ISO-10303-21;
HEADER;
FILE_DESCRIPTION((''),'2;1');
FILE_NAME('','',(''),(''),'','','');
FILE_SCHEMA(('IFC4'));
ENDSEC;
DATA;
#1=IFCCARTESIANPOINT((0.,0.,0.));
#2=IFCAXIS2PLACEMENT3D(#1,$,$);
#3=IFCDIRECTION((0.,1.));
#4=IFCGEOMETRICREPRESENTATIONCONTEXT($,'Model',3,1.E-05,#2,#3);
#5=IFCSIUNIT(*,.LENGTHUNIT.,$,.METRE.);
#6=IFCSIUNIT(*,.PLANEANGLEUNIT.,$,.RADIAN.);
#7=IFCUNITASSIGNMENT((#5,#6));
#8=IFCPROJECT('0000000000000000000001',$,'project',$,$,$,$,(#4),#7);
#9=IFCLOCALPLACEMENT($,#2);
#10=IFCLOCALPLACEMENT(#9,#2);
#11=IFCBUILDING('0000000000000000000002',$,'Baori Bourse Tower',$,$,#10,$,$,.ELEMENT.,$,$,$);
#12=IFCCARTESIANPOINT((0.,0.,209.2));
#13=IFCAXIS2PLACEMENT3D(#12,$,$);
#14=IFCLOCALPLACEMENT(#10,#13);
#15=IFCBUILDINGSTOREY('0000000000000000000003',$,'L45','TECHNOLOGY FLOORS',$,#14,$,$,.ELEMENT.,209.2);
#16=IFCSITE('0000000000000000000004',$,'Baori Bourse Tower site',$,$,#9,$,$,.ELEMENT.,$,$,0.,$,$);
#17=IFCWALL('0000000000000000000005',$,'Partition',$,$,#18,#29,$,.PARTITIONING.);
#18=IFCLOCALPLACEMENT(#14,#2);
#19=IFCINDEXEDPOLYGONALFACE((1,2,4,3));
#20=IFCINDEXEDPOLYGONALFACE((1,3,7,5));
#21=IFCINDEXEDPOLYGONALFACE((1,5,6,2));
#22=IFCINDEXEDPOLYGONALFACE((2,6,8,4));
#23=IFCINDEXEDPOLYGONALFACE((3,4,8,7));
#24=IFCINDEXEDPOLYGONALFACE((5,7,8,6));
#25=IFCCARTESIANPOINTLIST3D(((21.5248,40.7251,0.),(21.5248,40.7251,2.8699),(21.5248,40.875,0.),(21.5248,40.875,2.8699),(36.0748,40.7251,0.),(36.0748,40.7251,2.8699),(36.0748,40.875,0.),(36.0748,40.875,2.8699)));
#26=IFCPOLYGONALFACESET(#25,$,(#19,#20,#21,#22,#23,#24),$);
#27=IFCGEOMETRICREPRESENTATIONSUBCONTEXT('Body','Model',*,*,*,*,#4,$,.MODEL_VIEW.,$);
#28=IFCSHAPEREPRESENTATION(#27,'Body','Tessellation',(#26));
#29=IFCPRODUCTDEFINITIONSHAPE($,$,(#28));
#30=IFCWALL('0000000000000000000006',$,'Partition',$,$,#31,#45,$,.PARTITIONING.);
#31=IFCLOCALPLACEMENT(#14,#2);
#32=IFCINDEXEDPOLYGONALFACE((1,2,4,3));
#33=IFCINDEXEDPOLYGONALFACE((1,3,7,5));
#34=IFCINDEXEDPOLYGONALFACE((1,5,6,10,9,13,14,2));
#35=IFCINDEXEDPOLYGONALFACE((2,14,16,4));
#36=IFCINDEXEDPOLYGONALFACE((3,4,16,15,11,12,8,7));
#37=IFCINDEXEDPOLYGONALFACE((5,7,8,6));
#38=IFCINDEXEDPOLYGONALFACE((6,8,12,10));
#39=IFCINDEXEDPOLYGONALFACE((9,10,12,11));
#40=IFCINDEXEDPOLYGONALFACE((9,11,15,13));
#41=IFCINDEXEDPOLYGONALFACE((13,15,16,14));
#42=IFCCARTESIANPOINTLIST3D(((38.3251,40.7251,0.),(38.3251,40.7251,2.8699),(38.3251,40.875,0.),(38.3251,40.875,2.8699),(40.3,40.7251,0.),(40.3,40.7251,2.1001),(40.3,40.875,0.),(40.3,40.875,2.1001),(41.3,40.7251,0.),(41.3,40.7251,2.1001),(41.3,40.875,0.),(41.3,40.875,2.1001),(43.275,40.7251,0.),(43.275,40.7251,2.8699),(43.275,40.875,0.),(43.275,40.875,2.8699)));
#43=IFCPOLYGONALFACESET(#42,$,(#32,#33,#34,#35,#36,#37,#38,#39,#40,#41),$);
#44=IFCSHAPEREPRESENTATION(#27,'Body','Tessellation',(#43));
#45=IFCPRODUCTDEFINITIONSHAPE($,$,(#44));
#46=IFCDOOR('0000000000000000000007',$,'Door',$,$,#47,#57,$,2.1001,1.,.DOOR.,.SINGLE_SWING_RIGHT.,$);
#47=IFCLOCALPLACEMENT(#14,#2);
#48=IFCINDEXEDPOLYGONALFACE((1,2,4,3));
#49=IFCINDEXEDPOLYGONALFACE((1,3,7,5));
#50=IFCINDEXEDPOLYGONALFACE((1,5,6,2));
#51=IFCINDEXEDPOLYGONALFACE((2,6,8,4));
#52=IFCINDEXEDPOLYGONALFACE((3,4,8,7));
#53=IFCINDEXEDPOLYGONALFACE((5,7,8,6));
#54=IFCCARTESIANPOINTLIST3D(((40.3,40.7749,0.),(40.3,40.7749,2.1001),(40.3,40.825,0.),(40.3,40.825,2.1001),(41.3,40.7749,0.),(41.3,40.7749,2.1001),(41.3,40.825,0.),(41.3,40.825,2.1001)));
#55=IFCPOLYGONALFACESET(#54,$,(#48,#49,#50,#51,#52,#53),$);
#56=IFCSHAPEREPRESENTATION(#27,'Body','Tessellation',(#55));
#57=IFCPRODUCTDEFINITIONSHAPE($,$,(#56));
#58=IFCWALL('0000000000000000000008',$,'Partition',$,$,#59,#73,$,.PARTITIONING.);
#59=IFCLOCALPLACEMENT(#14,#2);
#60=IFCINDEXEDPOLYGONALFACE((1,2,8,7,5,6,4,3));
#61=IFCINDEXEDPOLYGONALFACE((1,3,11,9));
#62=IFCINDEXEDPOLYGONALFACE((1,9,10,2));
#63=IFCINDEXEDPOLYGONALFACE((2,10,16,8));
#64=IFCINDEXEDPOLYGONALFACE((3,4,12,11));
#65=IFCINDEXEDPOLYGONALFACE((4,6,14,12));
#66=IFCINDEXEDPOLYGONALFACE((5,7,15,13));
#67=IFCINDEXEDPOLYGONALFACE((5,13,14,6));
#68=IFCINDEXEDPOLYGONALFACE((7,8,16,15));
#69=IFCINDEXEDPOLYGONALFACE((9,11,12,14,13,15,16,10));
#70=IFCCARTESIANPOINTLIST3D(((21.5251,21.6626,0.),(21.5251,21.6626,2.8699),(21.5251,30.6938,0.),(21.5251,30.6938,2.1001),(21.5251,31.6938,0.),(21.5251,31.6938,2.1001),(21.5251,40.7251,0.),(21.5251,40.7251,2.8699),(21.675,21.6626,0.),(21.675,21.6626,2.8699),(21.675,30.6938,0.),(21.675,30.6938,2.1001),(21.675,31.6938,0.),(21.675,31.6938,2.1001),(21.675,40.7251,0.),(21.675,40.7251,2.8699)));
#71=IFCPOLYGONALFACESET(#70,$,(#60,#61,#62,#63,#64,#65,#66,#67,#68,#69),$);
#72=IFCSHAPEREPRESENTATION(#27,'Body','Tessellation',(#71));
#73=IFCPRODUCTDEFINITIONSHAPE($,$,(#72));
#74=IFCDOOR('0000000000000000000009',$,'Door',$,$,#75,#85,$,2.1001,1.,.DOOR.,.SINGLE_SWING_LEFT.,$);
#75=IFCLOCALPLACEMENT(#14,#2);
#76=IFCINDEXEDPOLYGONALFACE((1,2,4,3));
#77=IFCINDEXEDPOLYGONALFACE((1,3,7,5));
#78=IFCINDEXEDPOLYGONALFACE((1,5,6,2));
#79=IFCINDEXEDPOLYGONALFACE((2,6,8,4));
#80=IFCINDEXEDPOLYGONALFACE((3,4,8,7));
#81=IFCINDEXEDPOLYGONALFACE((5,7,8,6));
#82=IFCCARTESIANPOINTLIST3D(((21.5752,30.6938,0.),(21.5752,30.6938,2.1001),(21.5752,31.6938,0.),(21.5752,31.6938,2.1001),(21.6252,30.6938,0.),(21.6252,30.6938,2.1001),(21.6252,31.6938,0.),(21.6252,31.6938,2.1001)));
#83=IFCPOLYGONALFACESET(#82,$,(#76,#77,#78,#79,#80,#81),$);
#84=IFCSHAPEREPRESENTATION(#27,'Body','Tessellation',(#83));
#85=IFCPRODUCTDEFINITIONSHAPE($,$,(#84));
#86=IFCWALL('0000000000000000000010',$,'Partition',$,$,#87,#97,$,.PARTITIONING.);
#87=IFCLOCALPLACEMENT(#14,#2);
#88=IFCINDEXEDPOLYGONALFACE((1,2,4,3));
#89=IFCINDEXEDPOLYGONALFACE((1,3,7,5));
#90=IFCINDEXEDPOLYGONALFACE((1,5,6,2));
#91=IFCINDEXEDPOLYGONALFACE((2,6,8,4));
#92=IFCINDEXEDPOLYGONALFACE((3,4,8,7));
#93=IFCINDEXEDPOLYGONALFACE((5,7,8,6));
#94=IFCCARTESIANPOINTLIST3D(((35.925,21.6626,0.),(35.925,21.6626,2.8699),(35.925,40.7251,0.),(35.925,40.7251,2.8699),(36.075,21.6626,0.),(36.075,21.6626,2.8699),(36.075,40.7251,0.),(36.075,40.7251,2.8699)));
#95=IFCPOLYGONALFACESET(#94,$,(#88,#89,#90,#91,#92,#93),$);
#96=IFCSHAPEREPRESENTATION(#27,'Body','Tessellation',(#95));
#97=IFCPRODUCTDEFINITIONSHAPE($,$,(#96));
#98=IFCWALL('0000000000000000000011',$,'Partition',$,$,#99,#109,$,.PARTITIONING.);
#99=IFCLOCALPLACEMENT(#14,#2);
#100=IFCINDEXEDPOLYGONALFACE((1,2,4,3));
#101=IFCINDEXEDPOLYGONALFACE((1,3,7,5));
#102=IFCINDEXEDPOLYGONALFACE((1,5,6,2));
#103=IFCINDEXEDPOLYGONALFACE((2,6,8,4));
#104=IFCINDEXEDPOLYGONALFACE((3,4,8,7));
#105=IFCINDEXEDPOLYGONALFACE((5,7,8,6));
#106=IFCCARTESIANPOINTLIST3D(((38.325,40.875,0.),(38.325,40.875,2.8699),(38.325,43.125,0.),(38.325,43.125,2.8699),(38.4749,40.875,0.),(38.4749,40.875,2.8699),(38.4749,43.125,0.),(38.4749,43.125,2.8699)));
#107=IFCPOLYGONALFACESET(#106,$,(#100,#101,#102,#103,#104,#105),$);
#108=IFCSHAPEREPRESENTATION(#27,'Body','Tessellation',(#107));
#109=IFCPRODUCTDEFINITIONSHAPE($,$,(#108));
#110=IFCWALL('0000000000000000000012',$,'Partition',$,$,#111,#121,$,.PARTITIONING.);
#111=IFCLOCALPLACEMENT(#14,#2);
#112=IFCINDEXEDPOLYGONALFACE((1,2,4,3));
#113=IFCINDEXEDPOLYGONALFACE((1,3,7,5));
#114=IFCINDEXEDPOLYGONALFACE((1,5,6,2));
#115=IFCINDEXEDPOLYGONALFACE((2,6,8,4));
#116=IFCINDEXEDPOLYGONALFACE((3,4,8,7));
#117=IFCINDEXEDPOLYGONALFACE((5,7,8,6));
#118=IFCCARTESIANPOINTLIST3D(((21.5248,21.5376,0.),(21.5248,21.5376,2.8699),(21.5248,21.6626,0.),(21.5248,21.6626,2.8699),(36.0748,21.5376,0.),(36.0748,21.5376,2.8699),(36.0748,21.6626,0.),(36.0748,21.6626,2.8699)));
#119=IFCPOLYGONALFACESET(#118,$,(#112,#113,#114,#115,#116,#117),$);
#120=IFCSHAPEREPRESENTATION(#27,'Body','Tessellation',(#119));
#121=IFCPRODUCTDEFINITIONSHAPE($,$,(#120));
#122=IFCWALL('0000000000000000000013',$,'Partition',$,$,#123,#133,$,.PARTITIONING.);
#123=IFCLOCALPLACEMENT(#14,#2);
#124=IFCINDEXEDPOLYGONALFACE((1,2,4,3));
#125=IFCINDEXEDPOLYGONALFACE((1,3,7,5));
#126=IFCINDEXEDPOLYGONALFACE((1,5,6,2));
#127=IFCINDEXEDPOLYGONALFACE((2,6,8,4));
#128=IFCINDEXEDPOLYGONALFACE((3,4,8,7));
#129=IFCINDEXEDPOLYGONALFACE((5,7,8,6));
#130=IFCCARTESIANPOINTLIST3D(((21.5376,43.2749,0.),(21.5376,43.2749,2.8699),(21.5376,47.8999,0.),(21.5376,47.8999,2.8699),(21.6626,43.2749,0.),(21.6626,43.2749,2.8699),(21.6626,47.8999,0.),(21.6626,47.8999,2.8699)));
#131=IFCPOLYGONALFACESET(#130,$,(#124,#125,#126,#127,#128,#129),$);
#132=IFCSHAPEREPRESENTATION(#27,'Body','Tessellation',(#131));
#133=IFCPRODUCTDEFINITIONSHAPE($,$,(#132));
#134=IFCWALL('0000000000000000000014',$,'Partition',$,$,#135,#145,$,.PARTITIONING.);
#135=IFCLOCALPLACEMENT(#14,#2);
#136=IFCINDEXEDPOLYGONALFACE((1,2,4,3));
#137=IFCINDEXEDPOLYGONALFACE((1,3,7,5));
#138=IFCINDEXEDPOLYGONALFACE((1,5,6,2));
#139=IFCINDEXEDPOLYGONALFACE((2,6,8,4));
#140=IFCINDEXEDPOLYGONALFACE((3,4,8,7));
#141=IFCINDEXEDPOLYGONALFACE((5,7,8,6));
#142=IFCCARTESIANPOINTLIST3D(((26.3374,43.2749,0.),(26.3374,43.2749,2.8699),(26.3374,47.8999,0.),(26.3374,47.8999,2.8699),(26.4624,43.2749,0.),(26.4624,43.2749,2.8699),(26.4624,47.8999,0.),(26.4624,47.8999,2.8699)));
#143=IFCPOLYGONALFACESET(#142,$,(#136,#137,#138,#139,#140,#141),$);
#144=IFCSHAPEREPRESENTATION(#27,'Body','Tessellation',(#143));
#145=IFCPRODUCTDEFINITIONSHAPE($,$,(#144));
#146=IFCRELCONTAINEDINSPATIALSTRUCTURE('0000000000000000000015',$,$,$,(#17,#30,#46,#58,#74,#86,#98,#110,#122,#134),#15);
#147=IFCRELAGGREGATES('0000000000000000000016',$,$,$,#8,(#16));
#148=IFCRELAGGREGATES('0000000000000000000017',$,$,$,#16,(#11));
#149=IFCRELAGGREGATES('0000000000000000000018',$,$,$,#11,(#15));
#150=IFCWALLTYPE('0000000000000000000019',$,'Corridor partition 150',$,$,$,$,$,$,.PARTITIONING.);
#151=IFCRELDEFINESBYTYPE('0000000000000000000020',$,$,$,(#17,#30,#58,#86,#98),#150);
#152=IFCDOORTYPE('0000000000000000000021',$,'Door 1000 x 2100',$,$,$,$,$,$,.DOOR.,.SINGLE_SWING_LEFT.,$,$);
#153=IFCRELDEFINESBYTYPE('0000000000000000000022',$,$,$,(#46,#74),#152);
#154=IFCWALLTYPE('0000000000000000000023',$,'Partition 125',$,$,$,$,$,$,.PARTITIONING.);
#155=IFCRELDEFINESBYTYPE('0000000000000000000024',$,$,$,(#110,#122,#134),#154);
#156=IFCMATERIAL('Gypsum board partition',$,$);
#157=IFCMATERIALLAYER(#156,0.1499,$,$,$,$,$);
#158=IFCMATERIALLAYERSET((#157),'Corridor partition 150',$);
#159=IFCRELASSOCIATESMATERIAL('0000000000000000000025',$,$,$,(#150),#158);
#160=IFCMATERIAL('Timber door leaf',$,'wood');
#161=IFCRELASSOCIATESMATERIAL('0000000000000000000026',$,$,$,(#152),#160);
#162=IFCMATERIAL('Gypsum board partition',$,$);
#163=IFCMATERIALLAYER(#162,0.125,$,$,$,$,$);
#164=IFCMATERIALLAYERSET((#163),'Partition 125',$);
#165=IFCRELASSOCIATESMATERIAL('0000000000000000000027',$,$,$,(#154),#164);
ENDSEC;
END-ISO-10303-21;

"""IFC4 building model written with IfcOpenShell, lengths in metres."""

from ifc_helpers import new_model, si_unit, direction, frame, frame_2d, origin, place, context, subcontext, project, spatial, rectangle, extrude, material, layer, layer_set, type_object, element, fill, save


model = new_model("IFC4")

# Units and contexts
model_context = context("Model", 3, precision=1e-05, world=origin(), true_north=direction((0.0, 1.0)))
body_context = subcontext(model_context, "Body", "Model", "MODEL_VIEW")
ifc_project = project(units=[si_unit("LENGTHUNIT", "METRE"), si_unit("PLANEANGLEUNIT", "RADIAN")], contexts=[model_context])

# Site, building, storey
site_placement = place(None, origin())
site = spatial("IfcSite", under=ifc_project, at=site_placement, Name="Baori Bourse Tower site", CompositionType="ELEMENT", RefElevation=0.0)
building_placement = place(site_placement, origin())
building = spatial("IfcBuilding", under=site, at=building_placement, Name="Baori Bourse Tower", CompositionType="ELEMENT")
storey_placement = place(building_placement, frame((0.0, 0.0, 209.2)))
storey = spatial("IfcBuildingStorey", under=building, at=storey_placement, Name="L45", Description="TECHNOLOGY FLOORS", CompositionType="ELEMENT", Elevation=209.2)

# Wall
ifc_material_1 = material(Name="Gypsum board partition")
ifc_layer_1 = layer(ifc_material_1, 0.1499)
ifc_layer_set_1 = layer_set([ifc_layer_1], Name="Corridor partition 150")
wall_type_1 = type_object("IfcWallType", Name="Corridor partition 150", PredefinedType="PARTITIONING", material=ifc_layer_set_1)
wall_1_placement = place(storey_placement, frame((21.5249, 40.8, 0.0), z_axis=(0.0, 0.0, 1.0), x_axis=(1.0, 0.0, 0.0)))
element("IfcWall", 1, at=wall_1_placement, inside=storey, type_object=wall_type_1, Name="Partition", PredefinedType="PARTITIONING", context=body_context, shape_type="SweptSolid", body=[
    extrude(rectangle(XDim=14.55, YDim=0.1499, at=frame_2d((7.2749, 0.0))), origin(), (0.0, 0.0, 1.0), 2.8699),
])

# Walls, openings, doors
wall_2_placement = place(storey_placement, frame((38.325, 40.8, 0.0), z_axis=(0.0, 0.0, 1.0), x_axis=(1.0, 0.0, 0.0)))
wall_2 = element("IfcWall", 2, at=wall_2_placement, inside=storey, type_object=wall_type_1, Name="Partition", PredefinedType="PARTITIONING", context=body_context, shape_type="SweptSolid", body=[
    extrude(rectangle(XDim=4.95, YDim=0.1499, at=frame_2d((2.4751, 0.0))), origin(), (0.0, 0.0, 1.0), 2.8699),
])
opening_1_placement = place(wall_2_placement, frame((1.9751, 0.0, 0.0)))
opening_1 = element("IfcOpeningElement", 3, at=opening_1_placement, cuts=wall_2, PredefinedType="OPENING", context=body_context, shape_type="SweptSolid", body=[
    extrude(rectangle(XDim=1.0, YDim=2.1001, at=frame_2d((0.5, 1.05))), frame((0.0, 0.085, 0.0), z_axis=(0.0, -1.0, 0.0), x_axis=(1.0, 0.0, 0.0)), (0.0, 0.0, 1.0), 0.1699),
])
ifc_material_2 = material(Name="Timber door leaf", Category="wood")
door_type = type_object("IfcDoorType", Name="Door 1000 x 2100", OperationType="SINGLE_SWING_LEFT", PredefinedType="DOOR", material=ifc_material_2)
door_1_placement = place(opening_1_placement, origin())
door_1 = element("IfcDoor", 4, at=door_1_placement, inside=storey, type_object=door_type, Name="Door", OperationType="SINGLE_SWING_RIGHT", OverallHeight=2.1001, OverallWidth=1.0, PredefinedType="DOOR", context=body_context, shape_type="SweptSolid", body=[
    extrude(rectangle(XDim=1.0, YDim=2.1001, at=frame_2d((0.5, 1.05))), frame((0.0, 0.0249, 0.0), z_axis=(0.0, -1.0, 0.0), x_axis=(1.0, 0.0, 0.0)), (0.0, 0.0, 1.0), 0.05),
])
fill(opening_1, door_1)
wall_3_placement = place(storey_placement, frame((21.6001, 21.6626, 0.0), z_axis=(0.0, 0.0, 1.0), x_axis=(0.0, 1.0, 0.0)))
wall_3 = element("IfcWall", 5, at=wall_3_placement, inside=storey, type_object=wall_type_1, Name="Partition", PredefinedType="PARTITIONING", context=body_context, shape_type="SweptSolid", body=[
    extrude(rectangle(XDim=19.0625, YDim=0.1499, at=frame_2d((9.5312, 0.0))), origin(), (0.0, 0.0, 1.0), 2.8699),
])
opening_2_placement = place(wall_3_placement, frame((9.0312, 0.0, 0.0)))
opening_2 = element("IfcOpeningElement", 6, at=opening_2_placement, cuts=wall_3, PredefinedType="OPENING", context=body_context, shape_type="SweptSolid", body=[
    extrude(rectangle(XDim=1.0, YDim=2.1001, at=frame_2d((0.5, 1.05))), frame((0.0, 0.085, 0.0), z_axis=(0.0, -1.0, 0.0), x_axis=(1.0, 0.0, 0.0)), (0.0, 0.0, 1.0), 0.1699),
])
door_2_placement = place(opening_2_placement, origin())
door_2 = element("IfcDoor", 7, at=door_2_placement, inside=storey, type_object=door_type, Name="Door", OperationType="SINGLE_SWING_LEFT", OverallHeight=2.1001, OverallWidth=1.0, PredefinedType="DOOR", context=body_context, shape_type="SweptSolid", body=[
    extrude(rectangle(XDim=1.0, YDim=2.1001, at=frame_2d((0.5, 1.05))), frame((0.0, 0.0249, 0.0), z_axis=(0.0, -1.0, 0.0), x_axis=(1.0, 0.0, 0.0)), (0.0, 0.0, 1.0), 0.05),
])
fill(opening_2, door_2)

# Walls
wall_4_placement = place(storey_placement, frame((36.0, 21.6626, 0.0), z_axis=(0.0, 0.0, 1.0), x_axis=(0.0, 1.0, 0.0)))
element("IfcWall", 8, at=wall_4_placement, inside=storey, type_object=wall_type_1, Name="Partition", PredefinedType="PARTITIONING", context=body_context, shape_type="SweptSolid", body=[
    extrude(rectangle(XDim=19.0625, YDim=0.1499, at=frame_2d((9.5312, 0.0))), origin(), (0.0, 0.0, 1.0), 2.8699),
])
wall_5_placement = place(storey_placement, frame((38.3999, 40.875, 0.0), z_axis=(0.0, 0.0, 1.0), x_axis=(0.0, 1.0, 0.0)))
element("IfcWall", 9, at=wall_5_placement, inside=storey, type_object=wall_type_1, Name="Partition", PredefinedType="PARTITIONING", context=body_context, shape_type="SweptSolid", body=[
    extrude(rectangle(XDim=2.25, YDim=0.1499, at=frame_2d((1.125, 0.0))), origin(), (0.0, 0.0, 1.0), 2.8699),
])
ifc_material_3 = material(Name="Gypsum board partition")
ifc_layer_2 = layer(ifc_material_3, 0.125)
ifc_layer_set_2 = layer_set([ifc_layer_2], Name="Partition 125")
wall_type_2 = type_object("IfcWallType", Name="Partition 125", PredefinedType="PARTITIONING", material=ifc_layer_set_2)
wall_6_placement = place(storey_placement, frame((21.5249, 21.6001, 0.0), z_axis=(0.0, 0.0, 1.0), x_axis=(1.0, 0.0, 0.0)))
element("IfcWall", 10, at=wall_6_placement, inside=storey, type_object=wall_type_2, Name="Partition", PredefinedType="PARTITIONING", context=body_context, shape_type="SweptSolid", body=[
    extrude(rectangle(XDim=14.55, YDim=0.125, at=frame_2d((7.2749, 0.0))), origin(), (0.0, 0.0, 1.0), 2.8699),
])
for number, where, z_axis, x_axis, name in (
    (11, (21.6001, 43.2749, 0.0), (0.0, 0.0, 1.0), (0.0, 1.0, 0.0), "Partition"),
    (12, (26.3999, 43.2749, 0.0), (0.0, 0.0, 1.0), (0.0, 1.0, 0.0), "Partition"),
):
    element("IfcWall", number, at=place(storey_placement, frame(where, z_axis=z_axis, x_axis=x_axis)), inside=storey, type_object=wall_type_2, Name=name, PredefinedType="PARTITIONING", context=body_context, shape_type="SweptSolid", body=[
        extrude(rectangle(XDim=4.625, YDim=0.125, at=frame_2d((2.3125, 0.0))), origin(), (0.0, 0.0, 1.0), 2.8699),
    ])

save(model, "model.ifc")
